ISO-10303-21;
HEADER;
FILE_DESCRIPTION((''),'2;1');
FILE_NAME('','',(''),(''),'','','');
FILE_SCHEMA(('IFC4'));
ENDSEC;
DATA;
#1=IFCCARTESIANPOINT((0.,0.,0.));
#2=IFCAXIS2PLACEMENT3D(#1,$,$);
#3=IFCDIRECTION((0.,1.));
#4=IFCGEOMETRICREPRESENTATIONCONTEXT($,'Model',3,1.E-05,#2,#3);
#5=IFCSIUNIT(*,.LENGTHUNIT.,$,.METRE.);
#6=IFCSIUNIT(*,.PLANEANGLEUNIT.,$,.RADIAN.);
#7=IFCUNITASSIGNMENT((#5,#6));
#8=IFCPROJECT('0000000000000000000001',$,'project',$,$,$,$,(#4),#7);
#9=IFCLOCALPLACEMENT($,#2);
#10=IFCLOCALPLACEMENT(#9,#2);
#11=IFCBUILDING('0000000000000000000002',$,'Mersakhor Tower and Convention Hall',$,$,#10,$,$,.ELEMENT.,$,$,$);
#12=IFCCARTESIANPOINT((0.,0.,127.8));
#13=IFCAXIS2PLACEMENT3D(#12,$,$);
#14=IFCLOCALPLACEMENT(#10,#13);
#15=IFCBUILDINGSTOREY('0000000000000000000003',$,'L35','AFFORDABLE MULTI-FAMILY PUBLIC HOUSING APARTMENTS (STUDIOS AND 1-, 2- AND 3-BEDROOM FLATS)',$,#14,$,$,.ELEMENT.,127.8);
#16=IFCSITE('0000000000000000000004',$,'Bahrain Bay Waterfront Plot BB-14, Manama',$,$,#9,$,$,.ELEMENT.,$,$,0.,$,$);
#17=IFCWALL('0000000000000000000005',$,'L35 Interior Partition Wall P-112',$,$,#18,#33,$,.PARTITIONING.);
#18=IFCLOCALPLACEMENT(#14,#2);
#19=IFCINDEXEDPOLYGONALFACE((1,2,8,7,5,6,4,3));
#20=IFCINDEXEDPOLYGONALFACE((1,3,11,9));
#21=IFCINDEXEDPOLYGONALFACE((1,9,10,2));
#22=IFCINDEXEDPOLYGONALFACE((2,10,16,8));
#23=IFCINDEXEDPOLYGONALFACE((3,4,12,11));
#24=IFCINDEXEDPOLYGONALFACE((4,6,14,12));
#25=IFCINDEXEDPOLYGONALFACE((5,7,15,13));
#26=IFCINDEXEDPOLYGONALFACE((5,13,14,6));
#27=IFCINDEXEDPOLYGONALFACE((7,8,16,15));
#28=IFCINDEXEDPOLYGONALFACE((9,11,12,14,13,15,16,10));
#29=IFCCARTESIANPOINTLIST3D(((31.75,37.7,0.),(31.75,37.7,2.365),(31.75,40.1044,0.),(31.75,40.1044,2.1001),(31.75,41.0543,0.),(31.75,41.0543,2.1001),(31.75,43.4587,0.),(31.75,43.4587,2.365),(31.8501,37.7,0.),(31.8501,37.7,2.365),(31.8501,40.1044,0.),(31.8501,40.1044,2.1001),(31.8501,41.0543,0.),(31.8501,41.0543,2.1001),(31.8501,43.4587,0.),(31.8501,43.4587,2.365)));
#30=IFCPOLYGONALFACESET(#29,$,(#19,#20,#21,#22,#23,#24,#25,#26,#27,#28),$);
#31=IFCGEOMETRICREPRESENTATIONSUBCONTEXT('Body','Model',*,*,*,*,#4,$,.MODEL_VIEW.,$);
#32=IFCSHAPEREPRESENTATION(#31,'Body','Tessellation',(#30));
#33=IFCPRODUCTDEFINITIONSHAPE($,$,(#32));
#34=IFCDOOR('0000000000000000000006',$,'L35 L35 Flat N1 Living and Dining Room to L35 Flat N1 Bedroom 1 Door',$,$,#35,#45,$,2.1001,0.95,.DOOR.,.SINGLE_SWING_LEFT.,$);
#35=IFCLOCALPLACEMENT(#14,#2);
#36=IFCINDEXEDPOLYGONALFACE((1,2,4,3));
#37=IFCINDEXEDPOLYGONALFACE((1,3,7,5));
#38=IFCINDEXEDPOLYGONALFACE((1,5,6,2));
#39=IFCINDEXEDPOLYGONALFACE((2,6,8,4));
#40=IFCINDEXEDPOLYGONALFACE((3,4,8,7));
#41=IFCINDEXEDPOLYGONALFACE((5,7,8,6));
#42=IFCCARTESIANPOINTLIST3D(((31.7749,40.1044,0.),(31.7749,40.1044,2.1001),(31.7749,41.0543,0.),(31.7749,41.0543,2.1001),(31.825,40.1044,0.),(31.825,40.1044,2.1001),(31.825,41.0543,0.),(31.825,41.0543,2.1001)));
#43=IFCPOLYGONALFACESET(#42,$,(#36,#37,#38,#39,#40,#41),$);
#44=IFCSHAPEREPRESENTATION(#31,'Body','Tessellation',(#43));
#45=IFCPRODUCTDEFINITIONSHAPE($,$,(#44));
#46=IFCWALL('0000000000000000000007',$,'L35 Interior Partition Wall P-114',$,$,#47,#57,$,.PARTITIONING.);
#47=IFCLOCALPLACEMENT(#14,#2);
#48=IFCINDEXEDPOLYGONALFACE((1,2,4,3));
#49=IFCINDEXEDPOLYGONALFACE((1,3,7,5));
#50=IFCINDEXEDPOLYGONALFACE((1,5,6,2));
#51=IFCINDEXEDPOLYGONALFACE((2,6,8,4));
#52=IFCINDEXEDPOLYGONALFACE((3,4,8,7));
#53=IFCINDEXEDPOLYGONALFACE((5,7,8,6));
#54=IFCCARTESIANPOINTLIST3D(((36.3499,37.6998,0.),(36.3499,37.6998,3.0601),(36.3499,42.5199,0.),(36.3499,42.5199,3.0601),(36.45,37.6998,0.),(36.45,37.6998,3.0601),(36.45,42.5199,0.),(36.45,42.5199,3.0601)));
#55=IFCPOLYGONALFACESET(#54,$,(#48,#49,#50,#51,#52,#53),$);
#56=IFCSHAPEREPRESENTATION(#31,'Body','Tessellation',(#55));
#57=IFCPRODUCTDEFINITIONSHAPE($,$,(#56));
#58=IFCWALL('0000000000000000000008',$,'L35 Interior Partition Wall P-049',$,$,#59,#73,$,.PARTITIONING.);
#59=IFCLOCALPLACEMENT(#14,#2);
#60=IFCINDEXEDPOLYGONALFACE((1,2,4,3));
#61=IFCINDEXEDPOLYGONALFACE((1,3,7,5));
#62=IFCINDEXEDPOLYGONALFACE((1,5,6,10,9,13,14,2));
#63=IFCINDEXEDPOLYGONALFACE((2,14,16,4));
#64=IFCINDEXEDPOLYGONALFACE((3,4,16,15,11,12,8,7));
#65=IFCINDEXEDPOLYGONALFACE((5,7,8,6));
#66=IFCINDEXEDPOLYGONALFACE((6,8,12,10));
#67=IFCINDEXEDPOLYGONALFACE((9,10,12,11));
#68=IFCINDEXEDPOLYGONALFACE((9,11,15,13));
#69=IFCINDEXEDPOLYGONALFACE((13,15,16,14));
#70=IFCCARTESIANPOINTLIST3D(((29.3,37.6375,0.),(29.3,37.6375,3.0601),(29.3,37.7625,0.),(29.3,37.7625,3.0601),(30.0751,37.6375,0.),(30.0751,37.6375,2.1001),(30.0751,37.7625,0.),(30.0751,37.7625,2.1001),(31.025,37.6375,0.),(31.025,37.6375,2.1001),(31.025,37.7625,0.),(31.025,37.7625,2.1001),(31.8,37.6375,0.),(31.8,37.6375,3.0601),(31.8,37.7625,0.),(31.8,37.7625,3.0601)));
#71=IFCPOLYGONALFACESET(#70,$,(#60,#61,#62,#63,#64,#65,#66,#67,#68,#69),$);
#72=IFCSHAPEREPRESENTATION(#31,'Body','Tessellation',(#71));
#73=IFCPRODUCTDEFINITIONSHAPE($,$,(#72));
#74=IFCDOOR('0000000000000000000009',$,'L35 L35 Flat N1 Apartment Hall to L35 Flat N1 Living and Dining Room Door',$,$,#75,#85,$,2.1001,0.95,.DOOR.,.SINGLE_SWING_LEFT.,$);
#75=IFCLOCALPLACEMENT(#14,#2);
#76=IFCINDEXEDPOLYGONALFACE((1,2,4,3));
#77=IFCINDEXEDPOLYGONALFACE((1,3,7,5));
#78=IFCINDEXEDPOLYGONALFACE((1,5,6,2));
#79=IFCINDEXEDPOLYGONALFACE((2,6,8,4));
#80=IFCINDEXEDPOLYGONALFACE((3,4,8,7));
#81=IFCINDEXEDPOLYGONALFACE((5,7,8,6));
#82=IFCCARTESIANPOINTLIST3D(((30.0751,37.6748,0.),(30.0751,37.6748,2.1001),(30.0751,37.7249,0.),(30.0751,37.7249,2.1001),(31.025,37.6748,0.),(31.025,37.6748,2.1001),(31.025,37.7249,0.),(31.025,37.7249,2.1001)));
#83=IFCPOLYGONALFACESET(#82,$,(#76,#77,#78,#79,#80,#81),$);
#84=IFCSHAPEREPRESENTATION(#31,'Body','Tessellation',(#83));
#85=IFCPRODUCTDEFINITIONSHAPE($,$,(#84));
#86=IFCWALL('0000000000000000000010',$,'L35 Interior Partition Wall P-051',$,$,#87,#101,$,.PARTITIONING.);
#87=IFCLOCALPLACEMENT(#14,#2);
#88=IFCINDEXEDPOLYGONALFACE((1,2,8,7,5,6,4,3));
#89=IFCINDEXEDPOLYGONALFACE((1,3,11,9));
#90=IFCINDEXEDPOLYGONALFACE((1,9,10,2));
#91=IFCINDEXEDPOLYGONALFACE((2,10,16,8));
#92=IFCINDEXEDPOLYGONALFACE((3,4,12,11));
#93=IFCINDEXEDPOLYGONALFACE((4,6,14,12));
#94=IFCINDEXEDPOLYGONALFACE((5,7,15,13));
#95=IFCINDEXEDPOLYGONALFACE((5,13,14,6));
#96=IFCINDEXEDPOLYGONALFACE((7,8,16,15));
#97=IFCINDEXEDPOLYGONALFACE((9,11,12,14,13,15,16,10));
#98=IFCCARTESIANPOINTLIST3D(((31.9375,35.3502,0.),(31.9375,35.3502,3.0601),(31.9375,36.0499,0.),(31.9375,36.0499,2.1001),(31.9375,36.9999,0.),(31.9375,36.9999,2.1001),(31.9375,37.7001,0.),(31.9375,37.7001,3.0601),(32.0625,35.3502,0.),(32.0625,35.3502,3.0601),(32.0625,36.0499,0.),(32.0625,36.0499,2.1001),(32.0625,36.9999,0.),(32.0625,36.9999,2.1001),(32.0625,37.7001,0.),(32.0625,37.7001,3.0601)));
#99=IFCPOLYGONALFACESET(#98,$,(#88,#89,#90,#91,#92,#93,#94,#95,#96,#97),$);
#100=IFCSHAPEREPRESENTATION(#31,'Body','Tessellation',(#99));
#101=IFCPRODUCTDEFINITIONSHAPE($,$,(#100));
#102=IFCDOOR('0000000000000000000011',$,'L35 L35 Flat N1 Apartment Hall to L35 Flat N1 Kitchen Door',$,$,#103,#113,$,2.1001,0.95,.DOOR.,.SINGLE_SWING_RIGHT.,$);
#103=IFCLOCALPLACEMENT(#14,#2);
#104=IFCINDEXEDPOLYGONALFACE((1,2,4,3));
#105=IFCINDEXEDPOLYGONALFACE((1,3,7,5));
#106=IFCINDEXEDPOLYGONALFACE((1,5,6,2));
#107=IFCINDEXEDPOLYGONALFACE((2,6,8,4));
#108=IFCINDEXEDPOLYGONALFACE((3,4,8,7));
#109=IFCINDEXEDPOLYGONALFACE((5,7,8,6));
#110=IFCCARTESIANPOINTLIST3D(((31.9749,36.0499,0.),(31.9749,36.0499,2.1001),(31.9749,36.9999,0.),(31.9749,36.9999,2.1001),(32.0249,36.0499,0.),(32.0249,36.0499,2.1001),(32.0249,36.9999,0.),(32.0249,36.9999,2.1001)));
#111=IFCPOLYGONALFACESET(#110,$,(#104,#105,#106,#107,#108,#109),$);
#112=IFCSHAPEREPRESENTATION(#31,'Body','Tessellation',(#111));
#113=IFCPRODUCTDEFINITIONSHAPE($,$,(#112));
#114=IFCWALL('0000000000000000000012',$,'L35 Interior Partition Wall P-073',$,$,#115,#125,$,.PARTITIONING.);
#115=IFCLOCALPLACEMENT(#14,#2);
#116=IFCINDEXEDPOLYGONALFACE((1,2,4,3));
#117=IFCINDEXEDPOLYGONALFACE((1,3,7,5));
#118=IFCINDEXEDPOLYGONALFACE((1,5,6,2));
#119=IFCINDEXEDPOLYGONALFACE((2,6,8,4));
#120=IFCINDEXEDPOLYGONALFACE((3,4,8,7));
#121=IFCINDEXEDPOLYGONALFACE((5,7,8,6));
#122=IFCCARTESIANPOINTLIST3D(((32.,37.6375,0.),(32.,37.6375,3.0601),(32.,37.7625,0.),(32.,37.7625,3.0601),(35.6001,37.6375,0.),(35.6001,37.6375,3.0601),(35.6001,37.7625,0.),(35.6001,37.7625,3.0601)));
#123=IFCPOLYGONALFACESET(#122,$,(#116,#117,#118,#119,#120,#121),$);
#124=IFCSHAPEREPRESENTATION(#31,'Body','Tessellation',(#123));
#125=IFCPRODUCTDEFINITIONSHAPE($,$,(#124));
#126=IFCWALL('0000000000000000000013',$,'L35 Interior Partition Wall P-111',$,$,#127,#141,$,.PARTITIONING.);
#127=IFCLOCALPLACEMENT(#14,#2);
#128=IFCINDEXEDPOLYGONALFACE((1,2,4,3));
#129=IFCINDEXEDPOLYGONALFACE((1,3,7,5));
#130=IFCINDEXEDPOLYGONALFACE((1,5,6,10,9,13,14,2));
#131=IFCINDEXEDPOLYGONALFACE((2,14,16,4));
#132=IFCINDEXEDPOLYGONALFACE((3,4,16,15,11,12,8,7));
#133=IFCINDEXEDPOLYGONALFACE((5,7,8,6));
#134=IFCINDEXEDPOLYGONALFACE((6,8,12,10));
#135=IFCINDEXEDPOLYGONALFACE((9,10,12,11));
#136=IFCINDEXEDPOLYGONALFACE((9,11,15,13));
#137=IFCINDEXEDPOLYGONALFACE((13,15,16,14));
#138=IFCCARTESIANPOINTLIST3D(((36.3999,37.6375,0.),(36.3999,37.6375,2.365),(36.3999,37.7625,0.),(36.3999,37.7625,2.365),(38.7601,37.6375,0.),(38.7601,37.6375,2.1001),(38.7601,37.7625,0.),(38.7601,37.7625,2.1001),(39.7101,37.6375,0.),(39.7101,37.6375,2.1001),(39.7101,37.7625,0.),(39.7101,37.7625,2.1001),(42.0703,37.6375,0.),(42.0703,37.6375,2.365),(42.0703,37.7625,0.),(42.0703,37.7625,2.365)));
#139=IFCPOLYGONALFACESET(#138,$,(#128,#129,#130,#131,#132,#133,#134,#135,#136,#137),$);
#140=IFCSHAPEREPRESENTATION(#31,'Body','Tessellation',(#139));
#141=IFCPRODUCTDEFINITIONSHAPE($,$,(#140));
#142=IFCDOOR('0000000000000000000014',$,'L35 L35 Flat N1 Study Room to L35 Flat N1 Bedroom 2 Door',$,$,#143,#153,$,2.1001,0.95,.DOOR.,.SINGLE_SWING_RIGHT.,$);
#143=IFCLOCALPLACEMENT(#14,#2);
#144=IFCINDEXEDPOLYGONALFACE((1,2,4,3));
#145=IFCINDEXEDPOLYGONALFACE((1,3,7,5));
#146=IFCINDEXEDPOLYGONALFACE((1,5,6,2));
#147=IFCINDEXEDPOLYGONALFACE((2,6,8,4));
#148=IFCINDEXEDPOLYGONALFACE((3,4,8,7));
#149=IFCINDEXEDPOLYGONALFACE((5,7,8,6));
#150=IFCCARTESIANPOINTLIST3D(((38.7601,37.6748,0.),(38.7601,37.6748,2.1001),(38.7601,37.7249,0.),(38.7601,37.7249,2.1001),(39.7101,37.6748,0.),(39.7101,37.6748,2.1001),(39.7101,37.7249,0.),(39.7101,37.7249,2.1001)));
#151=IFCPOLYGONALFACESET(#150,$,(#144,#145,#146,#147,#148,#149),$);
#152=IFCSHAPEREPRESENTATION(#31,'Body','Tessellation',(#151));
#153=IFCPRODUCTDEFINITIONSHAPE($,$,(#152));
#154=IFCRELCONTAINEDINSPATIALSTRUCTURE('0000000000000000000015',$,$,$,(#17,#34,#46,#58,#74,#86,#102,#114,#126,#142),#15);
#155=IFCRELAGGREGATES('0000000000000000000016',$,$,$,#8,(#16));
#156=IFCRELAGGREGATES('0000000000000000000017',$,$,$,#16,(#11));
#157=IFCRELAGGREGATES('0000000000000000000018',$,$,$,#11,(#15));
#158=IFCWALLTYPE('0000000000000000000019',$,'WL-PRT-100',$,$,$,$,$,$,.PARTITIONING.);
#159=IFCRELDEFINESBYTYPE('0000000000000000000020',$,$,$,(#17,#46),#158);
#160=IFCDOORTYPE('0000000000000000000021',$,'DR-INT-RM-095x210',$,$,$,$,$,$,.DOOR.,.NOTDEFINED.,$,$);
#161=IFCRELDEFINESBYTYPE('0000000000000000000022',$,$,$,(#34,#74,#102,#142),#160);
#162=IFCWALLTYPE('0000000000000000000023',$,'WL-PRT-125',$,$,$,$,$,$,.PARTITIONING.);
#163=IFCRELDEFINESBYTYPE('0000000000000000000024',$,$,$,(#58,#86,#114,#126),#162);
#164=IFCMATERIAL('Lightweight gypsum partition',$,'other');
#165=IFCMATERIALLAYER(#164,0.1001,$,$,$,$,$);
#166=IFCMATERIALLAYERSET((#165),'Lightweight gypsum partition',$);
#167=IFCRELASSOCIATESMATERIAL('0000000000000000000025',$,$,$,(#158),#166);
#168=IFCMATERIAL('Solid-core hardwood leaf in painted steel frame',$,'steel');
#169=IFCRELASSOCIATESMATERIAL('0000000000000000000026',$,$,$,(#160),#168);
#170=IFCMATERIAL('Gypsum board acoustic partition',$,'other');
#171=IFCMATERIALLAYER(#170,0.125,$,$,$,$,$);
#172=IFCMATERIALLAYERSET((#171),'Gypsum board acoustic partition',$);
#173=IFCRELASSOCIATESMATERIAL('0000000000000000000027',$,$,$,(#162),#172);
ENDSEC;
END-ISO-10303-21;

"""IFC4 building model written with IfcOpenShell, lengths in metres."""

from ifc_helpers import new_model, si_unit, direction, frame, frame_2d, origin, place, context, subcontext, project, spatial, rectangle, extrude, material, layer, layer_set, type_object, element, fill, save


model = new_model("IFC4")

# Units and contexts
model_context = context("Model", 3, precision=1e-05, world=origin(), true_north=direction((0.0, 1.0)))
body_context = subcontext(model_context, "Body", "Model", "MODEL_VIEW")
ifc_project = project(units=[si_unit("LENGTHUNIT", "METRE"), si_unit("PLANEANGLEUNIT", "RADIAN")], contexts=[model_context])

# Site, building, storey
site_placement = place(None, origin())
site = spatial("IfcSite", under=ifc_project, at=site_placement, Name="Bahrain Bay Waterfront Plot BB-14, Manama", CompositionType="ELEMENT", RefElevation=0.0)
building_placement = place(site_placement, origin())
building = spatial("IfcBuilding", under=site, at=building_placement, Name="Mersakhor Tower and Convention Hall", CompositionType="ELEMENT")
storey_placement = place(building_placement, frame((0.0, 0.0, 127.8)))
storey = spatial("IfcBuildingStorey", under=building, at=storey_placement, Name="L35", Description="AFFORDABLE MULTI-FAMILY PUBLIC HOUSING APARTMENTS (STUDIOS AND 1-, 2- AND 3-BEDROOM FLATS)", CompositionType="ELEMENT", Elevation=127.8)

# Shared definitions
ifc_material_1 = material(Name="Lightweight gypsum partition", Category="other")
ifc_layer_1 = layer(ifc_material_1, 0.1001)
ifc_layer_set_1 = layer_set([ifc_layer_1], Name="Lightweight gypsum partition")
wall_type_1 = type_object("IfcWallType", Name="WL-PRT-100", PredefinedType="PARTITIONING", material=ifc_layer_set_1)

# Wall, opening, door
wall_1_placement = place(storey_placement, frame((31.8, 43.4587, 0.0), z_axis=(0.0, 0.0, 1.0), x_axis=(0.0, -1.0, 0.0)))
wall_1 = element("IfcWall", 1, at=wall_1_placement, inside=storey, type_object=wall_type_1, Name="L35 Interior Partition Wall P-112", PredefinedType="PARTITIONING", context=body_context, shape_type="SweptSolid", body=[
    extrude(rectangle(XDim=5.7588, YDim=0.1001, at=frame_2d((2.8794, 0.0))), origin(), (0.0, 0.0, 1.0), 2.365),
])
opening_1_placement = place(wall_1_placement, frame((2.4043, 0.0, 0.0)))
opening_1 = element("IfcOpeningElement", 2, at=opening_1_placement, cuts=wall_1, PredefinedType="OPENING", context=body_context, shape_type="SweptSolid", body=[
    extrude(rectangle(XDim=0.95, YDim=2.1001, at=frame_2d((0.4751, 1.05))), frame((0.0, 0.0601, 0.0), z_axis=(0.0, -1.0, 0.0), x_axis=(1.0, 0.0, 0.0)), (0.0, 0.0, 1.0), 0.1201),
])
ifc_material_2 = material(Name="Solid-core hardwood leaf in painted steel frame", Category="steel")
door_type_1 = type_object("IfcDoorType", Name="DR-INT-RM-095x210", OperationType="NOTDEFINED", PredefinedType="DOOR", material=ifc_material_2)
door_1_placement = place(opening_1_placement, origin())
door_1 = element("IfcDoor", 3, at=door_1_placement, inside=storey, type_object=door_type_1, Name="L35 L35 Flat N1 Living and Dining Room to L35 Flat N1 Bedroom 1 Door", OperationType="SINGLE_SWING_LEFT", OverallHeight=2.1001, OverallWidth=0.95, PredefinedType="DOOR", context=body_context, shape_type="SweptSolid", body=[
    extrude(rectangle(XDim=0.95, YDim=2.1001, at=frame_2d((0.4751, 1.05))), frame((0.0, 0.0249, 0.0), z_axis=(0.0, -1.0, 0.0), x_axis=(1.0, 0.0, 0.0)), (0.0, 0.0, 1.0), 0.05),
])
fill(opening_1, door_1)

# Wall
wall_2_placement = place(storey_placement, frame((36.3999, 42.52, 0.0), z_axis=(0.0, 0.0, 1.0), x_axis=(0.0, -1.0, 0.0)))
element("IfcWall", 4, at=wall_2_placement, inside=storey, type_object=wall_type_1, Name="L35 Interior Partition Wall P-114", PredefinedType="PARTITIONING", context=body_context, shape_type="SweptSolid", body=[
    extrude(rectangle(XDim=4.8201, YDim=0.1001, at=frame_2d((2.4102, 0.0))), origin(), (0.0, 0.0, 1.0), 3.0601),
])

# Walls, openings, doors
ifc_material_3 = material(Name="Gypsum board acoustic partition", Category="other")
ifc_layer_2 = layer(ifc_material_3, 0.125)
ifc_layer_set_2 = layer_set([ifc_layer_2], Name="Gypsum board acoustic partition")
wall_type_2 = type_object("IfcWallType", Name="WL-PRT-125", PredefinedType="PARTITIONING", material=ifc_layer_set_2)
wall_3_placement = place(storey_placement, frame((29.3, 37.7, 0.0), z_axis=(0.0, 0.0, 1.0), x_axis=(1.0, 0.0, 0.0)))
wall_3 = element("IfcWall", 5, at=wall_3_placement, inside=storey, type_object=wall_type_2, Name="L35 Interior Partition Wall P-049", PredefinedType="PARTITIONING", context=body_context, shape_type="SweptSolid", body=[
    extrude(rectangle(XDim=2.5, YDim=0.125, at=frame_2d((1.25, 0.0))), origin(), (0.0, 0.0, 1.0), 3.0601),
])
opening_2_placement = place(wall_3_placement, frame((0.7749, 0.0, 0.0)))
opening_2 = element("IfcOpeningElement", 6, at=opening_2_placement, cuts=wall_3, PredefinedType="OPENING", context=body_context, shape_type="SweptSolid", body=[
    extrude(rectangle(XDim=0.95, YDim=2.1001, at=frame_2d((0.4751, 1.05))), frame((0.0, 0.0725, 0.0), z_axis=(0.0, -1.0, 0.0), x_axis=(1.0, 0.0, 0.0)), (0.0, 0.0, 1.0), 0.145),
])
door_2_placement = place(opening_2_placement, origin())
door_2 = element("IfcDoor", 7, at=door_2_placement, inside=storey, type_object=door_type_1, Name="L35 L35 Flat N1 Apartment Hall to L35 Flat N1 Living and Dining Room Door", OperationType="SINGLE_SWING_LEFT", OverallHeight=2.1001, OverallWidth=0.95, PredefinedType="DOOR", context=body_context, shape_type="SweptSolid", body=[
    extrude(rectangle(XDim=0.95, YDim=2.1001, at=frame_2d((0.4751, 1.05))), frame((0.0, 0.0249, 0.0), z_axis=(0.0, -1.0, 0.0), x_axis=(1.0, 0.0, 0.0)), (0.0, 0.0, 1.0), 0.05),
])
fill(opening_2, door_2)
wall_4_placement = place(storey_placement, frame((32.0, 37.7, 0.0), z_axis=(0.0, 0.0, 1.0), x_axis=(0.0, -1.0, 0.0)))
wall_4 = element("IfcWall", 8, at=wall_4_placement, inside=storey, type_object=wall_type_2, Name="L35 Interior Partition Wall P-051", PredefinedType="PARTITIONING", context=body_context, shape_type="SweptSolid", body=[
    extrude(rectangle(XDim=2.3499, YDim=0.125, at=frame_2d((1.1748, 0.0))), origin(), (0.0, 0.0, 1.0), 3.0601),
])
opening_3_placement = place(wall_4_placement, frame((0.7, 0.0, 0.0)))
opening_3 = element("IfcOpeningElement", 9, at=opening_3_placement, cuts=wall_4, PredefinedType="OPENING", context=body_context, shape_type="SweptSolid", body=[
    extrude(rectangle(XDim=0.95, YDim=2.1001, at=frame_2d((0.4751, 1.05))), frame((0.0, 0.0725, 0.0), z_axis=(0.0, -1.0, 0.0), x_axis=(1.0, 0.0, 0.0)), (0.0, 0.0, 1.0), 0.145),
])
door_3_placement = place(opening_3_placement, origin())
door_3 = element("IfcDoor", 10, at=door_3_placement, inside=storey, type_object=door_type_1, Name="L35 L35 Flat N1 Apartment Hall to L35 Flat N1 Kitchen Door", OperationType="SINGLE_SWING_RIGHT", OverallHeight=2.1001, OverallWidth=0.95, PredefinedType="DOOR", context=body_context, shape_type="SweptSolid", body=[
    extrude(rectangle(XDim=0.95, YDim=2.1001, at=frame_2d((0.4751, 1.05))), frame((0.0, 0.0249, 0.0), z_axis=(0.0, -1.0, 0.0), x_axis=(1.0, 0.0, 0.0)), (0.0, 0.0, 1.0), 0.05),
])
fill(opening_3, door_3)

# Wall
wall_5_placement = place(storey_placement, frame((32.0, 37.7, 0.0), z_axis=(0.0, 0.0, 1.0), x_axis=(1.0, 0.0, 0.0)))
element("IfcWall", 11, at=wall_5_placement, inside=storey, type_object=wall_type_2, Name="L35 Interior Partition Wall P-073", PredefinedType="PARTITIONING", context=body_context, shape_type="SweptSolid", body=[
    extrude(rectangle(XDim=3.6001, YDim=0.125, at=frame_2d((1.8, 0.0))), origin(), (0.0, 0.0, 1.0), 3.0601),
])

# Wall, opening, door
wall_6_placement = place(storey_placement, frame((36.3999, 37.7, 0.0), z_axis=(0.0, 0.0, 1.0), x_axis=(1.0, 0.0, 0.0)))
wall_6 = element("IfcWall", 12, at=wall_6_placement, inside=storey, type_object=wall_type_2, Name="L35 Interior Partition Wall P-111", PredefinedType="PARTITIONING", context=body_context, shape_type="SweptSolid", body=[
    extrude(rectangle(XDim=5.6704, YDim=0.125, at=frame_2d((2.8352, 0.0))), origin(), (0.0, 0.0, 1.0), 2.365),
])
opening_4_placement = place(wall_6_placement, frame((2.3601, 0.0, 0.0)))
opening_4 = element("IfcOpeningElement", 13, at=opening_4_placement, cuts=wall_6, PredefinedType="OPENING", context=body_context, shape_type="SweptSolid", body=[
    extrude(rectangle(XDim=0.95, YDim=2.1001, at=frame_2d((0.4751, 1.05))), frame((0.0, 0.0725, 0.0), z_axis=(0.0, -1.0, 0.0), x_axis=(1.0, 0.0, 0.0)), (0.0, 0.0, 1.0), 0.145),
])
door_4_placement = place(opening_4_placement, origin())
door_4 = element("IfcDoor", 14, at=door_4_placement, inside=storey, type_object=door_type_1, Name="L35 L35 Flat N1 Study Room to L35 Flat N1 Bedroom 2 Door", OperationType="SINGLE_SWING_RIGHT", OverallHeight=2.1001, OverallWidth=0.95, PredefinedType="DOOR", context=body_context, shape_type="SweptSolid", body=[
    extrude(rectangle(XDim=0.95, YDim=2.1001, at=frame_2d((0.4751, 1.05))), frame((0.0, 0.0249, 0.0), z_axis=(0.0, -1.0, 0.0), x_axis=(1.0, 0.0, 0.0)), (0.0, 0.0, 1.0), 0.05),
])
fill(opening_4, door_4)

save(model, "model.ifc")
